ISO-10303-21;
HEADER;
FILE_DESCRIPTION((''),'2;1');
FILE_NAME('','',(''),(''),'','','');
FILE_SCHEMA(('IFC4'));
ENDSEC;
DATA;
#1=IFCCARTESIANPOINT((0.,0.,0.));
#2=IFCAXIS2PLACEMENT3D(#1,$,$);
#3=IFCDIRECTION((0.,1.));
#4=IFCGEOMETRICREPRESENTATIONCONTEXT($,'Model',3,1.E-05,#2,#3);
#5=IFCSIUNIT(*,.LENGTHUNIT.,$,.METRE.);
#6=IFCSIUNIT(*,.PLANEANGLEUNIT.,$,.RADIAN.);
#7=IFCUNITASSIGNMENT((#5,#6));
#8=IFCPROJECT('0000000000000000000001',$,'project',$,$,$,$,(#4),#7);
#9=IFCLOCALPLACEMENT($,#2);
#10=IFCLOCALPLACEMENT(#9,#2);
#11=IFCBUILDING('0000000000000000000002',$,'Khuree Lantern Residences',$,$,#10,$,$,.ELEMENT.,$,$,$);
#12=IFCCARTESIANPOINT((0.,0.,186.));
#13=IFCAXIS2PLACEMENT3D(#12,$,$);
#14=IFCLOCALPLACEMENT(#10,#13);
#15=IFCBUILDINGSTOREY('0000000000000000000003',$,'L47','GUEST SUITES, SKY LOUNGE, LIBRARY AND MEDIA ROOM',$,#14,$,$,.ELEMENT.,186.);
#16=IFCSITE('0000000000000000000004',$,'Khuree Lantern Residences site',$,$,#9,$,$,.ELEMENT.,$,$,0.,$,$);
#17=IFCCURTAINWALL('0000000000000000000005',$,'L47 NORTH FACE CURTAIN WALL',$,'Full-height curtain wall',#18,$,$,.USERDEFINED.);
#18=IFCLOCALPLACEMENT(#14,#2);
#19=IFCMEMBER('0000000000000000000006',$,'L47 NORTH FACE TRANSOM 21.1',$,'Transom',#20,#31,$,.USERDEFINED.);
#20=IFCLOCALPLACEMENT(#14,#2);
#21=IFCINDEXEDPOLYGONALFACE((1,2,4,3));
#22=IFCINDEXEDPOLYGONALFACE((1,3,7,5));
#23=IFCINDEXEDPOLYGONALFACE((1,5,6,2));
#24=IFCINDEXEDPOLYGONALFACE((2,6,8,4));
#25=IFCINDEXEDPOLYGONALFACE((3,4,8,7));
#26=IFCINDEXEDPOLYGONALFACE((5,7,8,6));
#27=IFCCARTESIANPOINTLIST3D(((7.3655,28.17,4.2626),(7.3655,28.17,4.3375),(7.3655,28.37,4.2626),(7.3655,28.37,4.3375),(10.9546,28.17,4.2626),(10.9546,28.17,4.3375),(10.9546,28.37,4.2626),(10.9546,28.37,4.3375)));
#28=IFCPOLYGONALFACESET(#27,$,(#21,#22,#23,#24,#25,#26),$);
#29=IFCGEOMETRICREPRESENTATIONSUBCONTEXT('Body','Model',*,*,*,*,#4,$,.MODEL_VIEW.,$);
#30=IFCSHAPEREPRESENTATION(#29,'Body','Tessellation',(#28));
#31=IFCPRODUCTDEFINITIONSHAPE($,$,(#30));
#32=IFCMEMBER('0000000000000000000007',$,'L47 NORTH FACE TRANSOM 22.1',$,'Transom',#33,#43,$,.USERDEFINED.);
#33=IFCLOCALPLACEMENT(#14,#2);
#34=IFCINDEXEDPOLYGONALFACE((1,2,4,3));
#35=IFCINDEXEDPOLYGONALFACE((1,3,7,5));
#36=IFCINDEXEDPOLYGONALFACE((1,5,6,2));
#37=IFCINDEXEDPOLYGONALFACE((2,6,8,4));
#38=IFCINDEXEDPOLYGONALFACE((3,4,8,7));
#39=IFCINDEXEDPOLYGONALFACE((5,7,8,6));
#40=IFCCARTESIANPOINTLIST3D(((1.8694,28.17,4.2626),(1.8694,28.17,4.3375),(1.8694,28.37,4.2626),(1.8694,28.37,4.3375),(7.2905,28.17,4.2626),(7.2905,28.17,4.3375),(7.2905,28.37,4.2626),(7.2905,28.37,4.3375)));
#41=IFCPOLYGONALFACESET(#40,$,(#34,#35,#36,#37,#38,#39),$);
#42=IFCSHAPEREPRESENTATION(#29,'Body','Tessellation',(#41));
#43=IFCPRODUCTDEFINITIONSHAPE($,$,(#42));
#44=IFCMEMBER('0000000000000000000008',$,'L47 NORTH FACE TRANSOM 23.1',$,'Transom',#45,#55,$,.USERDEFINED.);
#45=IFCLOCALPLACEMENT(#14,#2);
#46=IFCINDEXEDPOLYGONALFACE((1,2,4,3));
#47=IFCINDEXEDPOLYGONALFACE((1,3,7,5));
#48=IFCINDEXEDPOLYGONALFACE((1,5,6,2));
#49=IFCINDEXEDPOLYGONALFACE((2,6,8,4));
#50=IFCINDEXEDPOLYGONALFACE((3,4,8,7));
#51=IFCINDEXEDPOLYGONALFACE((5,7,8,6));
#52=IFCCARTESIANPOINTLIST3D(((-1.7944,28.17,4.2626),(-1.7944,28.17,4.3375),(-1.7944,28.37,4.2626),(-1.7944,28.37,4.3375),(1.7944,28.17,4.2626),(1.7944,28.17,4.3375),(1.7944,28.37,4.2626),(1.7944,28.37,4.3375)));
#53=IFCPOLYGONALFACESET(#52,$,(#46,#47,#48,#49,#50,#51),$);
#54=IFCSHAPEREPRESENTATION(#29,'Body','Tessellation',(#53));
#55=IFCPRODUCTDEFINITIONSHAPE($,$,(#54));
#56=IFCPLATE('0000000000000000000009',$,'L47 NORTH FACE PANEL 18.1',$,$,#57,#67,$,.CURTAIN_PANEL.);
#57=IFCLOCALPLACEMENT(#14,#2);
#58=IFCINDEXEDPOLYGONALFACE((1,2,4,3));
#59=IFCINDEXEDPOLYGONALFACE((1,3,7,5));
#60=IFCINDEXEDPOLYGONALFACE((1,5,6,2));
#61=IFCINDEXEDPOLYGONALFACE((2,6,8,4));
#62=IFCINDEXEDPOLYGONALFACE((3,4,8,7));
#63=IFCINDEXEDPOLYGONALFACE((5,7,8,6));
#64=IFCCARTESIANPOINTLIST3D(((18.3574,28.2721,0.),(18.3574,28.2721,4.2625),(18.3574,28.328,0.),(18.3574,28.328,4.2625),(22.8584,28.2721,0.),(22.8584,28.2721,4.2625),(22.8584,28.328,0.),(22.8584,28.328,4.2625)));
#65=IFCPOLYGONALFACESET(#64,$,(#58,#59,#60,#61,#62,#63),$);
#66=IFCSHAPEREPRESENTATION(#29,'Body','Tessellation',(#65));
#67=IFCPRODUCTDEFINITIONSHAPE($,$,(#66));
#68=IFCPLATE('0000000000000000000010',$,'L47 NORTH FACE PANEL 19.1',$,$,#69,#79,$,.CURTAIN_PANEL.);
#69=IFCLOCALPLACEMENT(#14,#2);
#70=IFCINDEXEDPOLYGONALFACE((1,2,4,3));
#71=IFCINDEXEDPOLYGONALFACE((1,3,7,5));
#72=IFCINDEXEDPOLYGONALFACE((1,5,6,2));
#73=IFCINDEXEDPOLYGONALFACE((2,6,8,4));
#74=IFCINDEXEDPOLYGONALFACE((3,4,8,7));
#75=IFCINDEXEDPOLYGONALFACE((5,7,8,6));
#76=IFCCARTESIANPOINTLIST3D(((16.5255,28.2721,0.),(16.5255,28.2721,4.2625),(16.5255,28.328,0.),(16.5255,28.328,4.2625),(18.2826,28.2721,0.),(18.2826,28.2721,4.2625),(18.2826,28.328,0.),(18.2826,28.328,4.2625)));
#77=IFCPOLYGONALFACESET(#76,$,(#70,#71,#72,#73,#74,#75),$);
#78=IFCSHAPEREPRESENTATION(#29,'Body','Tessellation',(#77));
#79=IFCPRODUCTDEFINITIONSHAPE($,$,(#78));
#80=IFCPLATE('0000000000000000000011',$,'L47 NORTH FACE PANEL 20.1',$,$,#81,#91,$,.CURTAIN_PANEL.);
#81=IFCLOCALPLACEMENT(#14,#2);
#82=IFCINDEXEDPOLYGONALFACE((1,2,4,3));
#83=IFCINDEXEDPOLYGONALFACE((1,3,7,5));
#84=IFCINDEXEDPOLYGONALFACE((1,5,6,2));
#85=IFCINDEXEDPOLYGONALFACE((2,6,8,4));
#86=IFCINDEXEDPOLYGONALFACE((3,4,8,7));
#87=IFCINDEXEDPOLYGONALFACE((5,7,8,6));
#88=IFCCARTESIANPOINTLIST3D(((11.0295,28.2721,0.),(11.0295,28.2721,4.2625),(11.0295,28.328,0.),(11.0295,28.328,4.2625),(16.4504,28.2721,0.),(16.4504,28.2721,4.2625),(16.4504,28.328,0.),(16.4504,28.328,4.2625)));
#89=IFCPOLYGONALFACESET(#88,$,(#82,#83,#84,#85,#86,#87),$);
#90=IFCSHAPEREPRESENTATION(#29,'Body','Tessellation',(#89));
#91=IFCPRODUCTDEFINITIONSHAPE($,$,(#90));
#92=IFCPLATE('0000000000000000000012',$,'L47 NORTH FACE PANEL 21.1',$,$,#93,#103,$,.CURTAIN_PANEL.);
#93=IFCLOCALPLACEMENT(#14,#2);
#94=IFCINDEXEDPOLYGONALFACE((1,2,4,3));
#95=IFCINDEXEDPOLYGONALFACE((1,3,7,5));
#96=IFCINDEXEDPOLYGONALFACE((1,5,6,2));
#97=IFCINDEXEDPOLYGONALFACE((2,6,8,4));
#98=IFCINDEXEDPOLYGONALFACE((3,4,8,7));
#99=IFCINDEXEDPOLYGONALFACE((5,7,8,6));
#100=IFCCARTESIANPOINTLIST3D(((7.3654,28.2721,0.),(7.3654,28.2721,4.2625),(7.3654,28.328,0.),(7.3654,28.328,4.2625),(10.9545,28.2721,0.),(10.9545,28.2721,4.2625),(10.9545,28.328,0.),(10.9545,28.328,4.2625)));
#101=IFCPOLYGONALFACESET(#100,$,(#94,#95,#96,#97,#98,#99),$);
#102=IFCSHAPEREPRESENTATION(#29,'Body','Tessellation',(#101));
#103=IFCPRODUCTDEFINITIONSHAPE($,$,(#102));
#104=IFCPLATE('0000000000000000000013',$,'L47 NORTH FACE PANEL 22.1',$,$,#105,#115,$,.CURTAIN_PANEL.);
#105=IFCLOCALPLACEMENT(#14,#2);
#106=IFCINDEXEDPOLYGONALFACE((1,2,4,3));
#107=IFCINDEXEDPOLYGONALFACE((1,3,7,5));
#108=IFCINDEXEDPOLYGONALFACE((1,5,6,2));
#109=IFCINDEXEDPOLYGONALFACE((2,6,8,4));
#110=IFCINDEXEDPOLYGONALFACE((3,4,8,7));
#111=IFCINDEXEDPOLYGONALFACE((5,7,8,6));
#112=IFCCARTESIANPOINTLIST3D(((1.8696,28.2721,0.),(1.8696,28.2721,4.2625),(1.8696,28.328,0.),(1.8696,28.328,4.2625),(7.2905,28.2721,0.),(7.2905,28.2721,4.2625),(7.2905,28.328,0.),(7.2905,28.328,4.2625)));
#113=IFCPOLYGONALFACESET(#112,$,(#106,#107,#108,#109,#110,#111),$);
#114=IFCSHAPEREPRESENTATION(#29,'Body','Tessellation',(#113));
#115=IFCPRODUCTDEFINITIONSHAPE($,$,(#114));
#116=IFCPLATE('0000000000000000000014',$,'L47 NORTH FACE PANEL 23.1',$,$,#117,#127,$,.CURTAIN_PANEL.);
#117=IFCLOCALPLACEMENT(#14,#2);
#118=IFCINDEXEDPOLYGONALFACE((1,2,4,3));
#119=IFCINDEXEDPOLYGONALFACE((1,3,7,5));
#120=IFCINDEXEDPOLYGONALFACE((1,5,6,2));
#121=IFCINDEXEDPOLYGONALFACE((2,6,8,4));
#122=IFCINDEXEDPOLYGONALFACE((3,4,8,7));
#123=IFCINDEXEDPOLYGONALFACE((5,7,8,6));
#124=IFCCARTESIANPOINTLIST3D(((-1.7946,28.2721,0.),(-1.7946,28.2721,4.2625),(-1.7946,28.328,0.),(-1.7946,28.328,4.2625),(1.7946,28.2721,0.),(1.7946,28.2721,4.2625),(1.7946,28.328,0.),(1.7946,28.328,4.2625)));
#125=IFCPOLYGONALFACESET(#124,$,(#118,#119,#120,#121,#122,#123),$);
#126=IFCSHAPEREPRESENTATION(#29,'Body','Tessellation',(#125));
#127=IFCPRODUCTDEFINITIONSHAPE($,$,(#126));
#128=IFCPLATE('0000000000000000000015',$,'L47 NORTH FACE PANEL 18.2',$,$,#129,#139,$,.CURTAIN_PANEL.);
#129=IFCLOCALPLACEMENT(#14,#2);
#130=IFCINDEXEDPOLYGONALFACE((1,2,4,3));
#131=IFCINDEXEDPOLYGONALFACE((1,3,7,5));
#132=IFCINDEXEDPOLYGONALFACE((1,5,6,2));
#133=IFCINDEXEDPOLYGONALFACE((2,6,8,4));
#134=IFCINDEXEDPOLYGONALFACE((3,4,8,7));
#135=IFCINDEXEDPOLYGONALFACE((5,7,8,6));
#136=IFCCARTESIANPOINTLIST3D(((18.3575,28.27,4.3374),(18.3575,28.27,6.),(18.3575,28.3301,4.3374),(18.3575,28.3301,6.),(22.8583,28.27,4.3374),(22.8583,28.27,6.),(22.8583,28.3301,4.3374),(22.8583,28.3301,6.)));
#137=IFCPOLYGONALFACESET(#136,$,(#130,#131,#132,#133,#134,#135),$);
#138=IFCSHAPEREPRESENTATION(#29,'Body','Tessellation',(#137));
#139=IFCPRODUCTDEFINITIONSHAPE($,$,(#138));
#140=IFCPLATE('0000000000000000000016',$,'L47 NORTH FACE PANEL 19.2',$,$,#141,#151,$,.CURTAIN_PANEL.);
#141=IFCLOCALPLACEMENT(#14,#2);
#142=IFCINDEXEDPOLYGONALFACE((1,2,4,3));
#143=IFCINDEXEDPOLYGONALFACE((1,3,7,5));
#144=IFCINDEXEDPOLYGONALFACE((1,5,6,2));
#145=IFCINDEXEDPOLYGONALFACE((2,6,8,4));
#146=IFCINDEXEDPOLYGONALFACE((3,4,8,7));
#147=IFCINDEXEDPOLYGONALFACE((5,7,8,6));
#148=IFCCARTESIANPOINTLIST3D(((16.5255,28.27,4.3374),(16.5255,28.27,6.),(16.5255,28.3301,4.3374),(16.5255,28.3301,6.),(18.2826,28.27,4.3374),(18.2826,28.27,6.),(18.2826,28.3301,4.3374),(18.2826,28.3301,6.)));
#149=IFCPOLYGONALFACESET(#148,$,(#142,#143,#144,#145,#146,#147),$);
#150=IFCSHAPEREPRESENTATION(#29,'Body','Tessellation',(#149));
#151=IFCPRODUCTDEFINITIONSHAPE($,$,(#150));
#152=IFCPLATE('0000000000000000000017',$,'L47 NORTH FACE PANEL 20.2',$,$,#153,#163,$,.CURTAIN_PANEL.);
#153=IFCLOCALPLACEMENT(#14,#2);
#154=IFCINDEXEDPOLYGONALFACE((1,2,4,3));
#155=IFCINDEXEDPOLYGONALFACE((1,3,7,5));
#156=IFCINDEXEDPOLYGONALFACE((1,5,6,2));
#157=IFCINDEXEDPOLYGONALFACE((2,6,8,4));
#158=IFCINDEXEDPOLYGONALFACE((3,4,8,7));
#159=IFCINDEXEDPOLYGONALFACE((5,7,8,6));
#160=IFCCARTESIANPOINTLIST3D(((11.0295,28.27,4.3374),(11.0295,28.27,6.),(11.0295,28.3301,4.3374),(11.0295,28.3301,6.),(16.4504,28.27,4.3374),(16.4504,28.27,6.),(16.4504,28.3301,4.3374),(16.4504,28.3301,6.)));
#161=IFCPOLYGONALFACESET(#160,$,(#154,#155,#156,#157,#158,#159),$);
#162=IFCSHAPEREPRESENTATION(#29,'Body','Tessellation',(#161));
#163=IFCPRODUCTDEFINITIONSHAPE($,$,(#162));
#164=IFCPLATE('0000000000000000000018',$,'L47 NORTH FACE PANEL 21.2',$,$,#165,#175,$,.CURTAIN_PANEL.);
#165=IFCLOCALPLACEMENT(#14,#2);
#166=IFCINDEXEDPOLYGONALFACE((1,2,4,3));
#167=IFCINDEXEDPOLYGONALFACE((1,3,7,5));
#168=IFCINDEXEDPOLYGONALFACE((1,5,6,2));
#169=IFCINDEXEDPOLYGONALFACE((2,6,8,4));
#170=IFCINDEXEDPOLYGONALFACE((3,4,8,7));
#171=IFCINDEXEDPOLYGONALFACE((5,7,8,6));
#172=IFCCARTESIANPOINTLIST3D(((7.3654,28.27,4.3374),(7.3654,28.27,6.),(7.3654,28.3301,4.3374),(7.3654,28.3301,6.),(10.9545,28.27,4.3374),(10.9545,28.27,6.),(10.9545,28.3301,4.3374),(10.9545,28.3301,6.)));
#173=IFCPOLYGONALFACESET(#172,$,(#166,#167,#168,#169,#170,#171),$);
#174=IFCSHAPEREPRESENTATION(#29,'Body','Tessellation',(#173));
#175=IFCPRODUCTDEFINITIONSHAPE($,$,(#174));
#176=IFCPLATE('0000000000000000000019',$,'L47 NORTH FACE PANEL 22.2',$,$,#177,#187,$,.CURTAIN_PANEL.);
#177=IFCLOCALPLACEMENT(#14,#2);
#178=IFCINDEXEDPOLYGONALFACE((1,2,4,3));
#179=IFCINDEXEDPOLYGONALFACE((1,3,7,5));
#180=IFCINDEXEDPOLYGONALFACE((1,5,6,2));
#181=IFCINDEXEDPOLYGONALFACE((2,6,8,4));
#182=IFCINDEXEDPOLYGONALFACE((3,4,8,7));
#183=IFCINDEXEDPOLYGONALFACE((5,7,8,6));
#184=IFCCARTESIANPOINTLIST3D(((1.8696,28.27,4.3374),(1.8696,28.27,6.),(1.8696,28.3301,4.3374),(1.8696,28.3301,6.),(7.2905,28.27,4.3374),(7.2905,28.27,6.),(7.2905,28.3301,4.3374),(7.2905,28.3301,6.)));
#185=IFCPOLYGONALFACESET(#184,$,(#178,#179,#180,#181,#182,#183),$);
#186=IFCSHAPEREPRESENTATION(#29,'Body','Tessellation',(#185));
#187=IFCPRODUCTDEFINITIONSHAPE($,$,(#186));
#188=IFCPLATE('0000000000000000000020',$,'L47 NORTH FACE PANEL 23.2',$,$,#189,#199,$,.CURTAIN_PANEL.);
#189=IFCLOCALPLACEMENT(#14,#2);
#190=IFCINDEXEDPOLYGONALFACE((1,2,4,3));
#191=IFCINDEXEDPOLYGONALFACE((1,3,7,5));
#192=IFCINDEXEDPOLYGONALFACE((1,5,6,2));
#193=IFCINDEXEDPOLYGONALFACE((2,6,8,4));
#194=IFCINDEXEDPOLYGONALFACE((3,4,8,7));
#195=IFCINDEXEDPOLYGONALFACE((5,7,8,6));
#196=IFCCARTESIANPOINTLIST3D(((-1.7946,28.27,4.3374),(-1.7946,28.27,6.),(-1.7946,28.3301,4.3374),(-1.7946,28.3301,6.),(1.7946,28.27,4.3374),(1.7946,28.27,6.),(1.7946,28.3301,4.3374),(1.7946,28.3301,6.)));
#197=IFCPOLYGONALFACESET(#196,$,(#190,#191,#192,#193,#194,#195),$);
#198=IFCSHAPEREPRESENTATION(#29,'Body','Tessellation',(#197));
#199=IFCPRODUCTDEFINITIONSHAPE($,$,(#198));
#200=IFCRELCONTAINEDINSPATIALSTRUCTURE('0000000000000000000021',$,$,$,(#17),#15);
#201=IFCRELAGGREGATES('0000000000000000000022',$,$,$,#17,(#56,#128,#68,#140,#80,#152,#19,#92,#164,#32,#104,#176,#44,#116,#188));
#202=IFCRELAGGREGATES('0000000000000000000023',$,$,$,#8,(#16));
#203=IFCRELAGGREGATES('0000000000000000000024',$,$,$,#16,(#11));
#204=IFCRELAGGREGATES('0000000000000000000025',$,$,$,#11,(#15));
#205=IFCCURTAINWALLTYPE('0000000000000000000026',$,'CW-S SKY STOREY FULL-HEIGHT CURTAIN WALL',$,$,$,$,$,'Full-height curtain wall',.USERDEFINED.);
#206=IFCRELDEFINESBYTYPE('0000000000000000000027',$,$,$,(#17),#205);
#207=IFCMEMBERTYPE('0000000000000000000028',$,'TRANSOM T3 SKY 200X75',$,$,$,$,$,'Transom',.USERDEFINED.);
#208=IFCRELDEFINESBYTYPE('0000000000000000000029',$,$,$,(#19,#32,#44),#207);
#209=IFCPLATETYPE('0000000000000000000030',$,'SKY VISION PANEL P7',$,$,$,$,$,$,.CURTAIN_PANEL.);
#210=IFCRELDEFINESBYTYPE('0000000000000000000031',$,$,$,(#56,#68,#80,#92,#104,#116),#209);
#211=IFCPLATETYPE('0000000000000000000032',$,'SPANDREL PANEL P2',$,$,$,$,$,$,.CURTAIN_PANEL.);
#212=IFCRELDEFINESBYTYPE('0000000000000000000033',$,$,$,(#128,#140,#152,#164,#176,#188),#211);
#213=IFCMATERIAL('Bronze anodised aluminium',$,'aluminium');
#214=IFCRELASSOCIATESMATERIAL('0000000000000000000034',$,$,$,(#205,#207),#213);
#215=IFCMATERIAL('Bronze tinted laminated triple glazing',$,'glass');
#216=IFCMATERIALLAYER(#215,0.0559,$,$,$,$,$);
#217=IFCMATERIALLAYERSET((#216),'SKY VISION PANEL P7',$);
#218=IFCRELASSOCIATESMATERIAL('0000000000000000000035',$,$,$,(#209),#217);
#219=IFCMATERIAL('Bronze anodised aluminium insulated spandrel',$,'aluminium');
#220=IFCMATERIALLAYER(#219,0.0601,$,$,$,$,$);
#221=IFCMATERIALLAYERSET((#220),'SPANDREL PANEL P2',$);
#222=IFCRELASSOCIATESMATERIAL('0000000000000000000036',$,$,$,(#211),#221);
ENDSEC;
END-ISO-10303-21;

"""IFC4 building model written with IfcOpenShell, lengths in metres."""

from ifc_helpers import new_model, si_unit, direction, frame, origin, origin_2d, place, context, subcontext, project, spatial, rectangle, extrude, material, layer, layer_set, material_profile, profile_set, type_object, element, aggregate, save


model = new_model("IFC4")

# Units and contexts
model_context = context("Model", 3, precision=1e-05, world=origin(), true_north=direction((0.0, 1.0)))
body_context = subcontext(model_context, "Body", "Model", "MODEL_VIEW")
ifc_project = project(units=[si_unit("LENGTHUNIT", "METRE"), si_unit("PLANEANGLEUNIT", "RADIAN")], contexts=[model_context])

# Site, building, storey
site_placement = place(None, origin())
site = spatial("IfcSite", under=ifc_project, at=site_placement, Name="Khuree Lantern Residences site", CompositionType="ELEMENT", RefElevation=0.0)
building_placement = place(site_placement, origin())
building = spatial("IfcBuilding", under=site, at=building_placement, Name="Khuree Lantern Residences", CompositionType="ELEMENT")
storey_placement = place(building_placement, frame((0.0, 0.0, 186.0)))
storey = spatial("IfcBuildingStorey", under=building, at=storey_placement, Name="L47", Description="GUEST SUITES, SKY LOUNGE, LIBRARY AND MEDIA ROOM", CompositionType="ELEMENT", Elevation=186.0)

# Curtain wall
ifc_material_1 = material(Name="Bronze anodised aluminium", Category="aluminium")
curtain_wall_type = type_object("IfcCurtainWallType", Name="CW-S SKY STOREY FULL-HEIGHT CURTAIN WALL", ElementType="Full-height curtain wall", PredefinedType="USERDEFINED", material=ifc_material_1)
curtain_wall_placement = place(storey_placement, origin())
curtain_wall = element("IfcCurtainWall", 1, at=curtain_wall_placement, inside=storey, type_object=curtain_wall_type, Name="L47 NORTH FACE CURTAIN WALL", ObjectType="Full-height curtain wall", PredefinedType="USERDEFINED")

# Members
ifc_material_profile_1 = material_profile(ifc_material_1, rectangle(XDim=0.2, YDim=0.075, at=origin_2d()), Name="T3 200X75")
ifc_profile_set_1 = profile_set([ifc_material_profile_1], Name="Bronze anodised aluminium")
member_type_1 = type_object("IfcMemberType", Name="TRANSOM T3 SKY 200X75", ElementType="Transom", PredefinedType="USERDEFINED", material=ifc_profile_set_1)
member_1_placement = place(storey_placement, frame((10.9546, 28.27, 4.3), z_axis=(-1.0, 0.0, 0.0), x_axis=(0.0, -1.0, 0.0)))
member_1 = element("IfcMember", 2, at=member_1_placement, type_object=member_type_1, Name="L47 NORTH FACE TRANSOM 21.1", ObjectType="Transom", PredefinedType="USERDEFINED", context=body_context, shape_type="SweptSolid", body=[
    extrude(rectangle(XDim=0.2, YDim=0.075, at=origin_2d()), origin(), (0.0, 0.0, 1.0), 3.5891),
])
member_2_placement = place(storey_placement, frame((7.2905, 28.27, 4.3), z_axis=(-1.0, 0.0, 0.0), x_axis=(0.0, -1.0, 0.0)))
member_2 = element("IfcMember", 3, at=member_2_placement, type_object=member_type_1, Name="L47 NORTH FACE TRANSOM 22.1", ObjectType="Transom", PredefinedType="USERDEFINED", context=body_context, shape_type="SweptSolid", body=[
    extrude(rectangle(XDim=0.2, YDim=0.075, at=origin_2d()), origin(), (0.0, 0.0, 1.0), 5.4211),
])
member_3_placement = place(storey_placement, frame((1.7944, 28.27, 4.3), z_axis=(-1.0, 0.0, 0.0), x_axis=(0.0, -1.0, 0.0)))
member_3 = element("IfcMember", 4, at=member_3_placement, type_object=member_type_1, Name="L47 NORTH FACE TRANSOM 23.1", ObjectType="Transom", PredefinedType="USERDEFINED", context=body_context, shape_type="SweptSolid", body=[
    extrude(rectangle(XDim=0.2, YDim=0.075, at=origin_2d()), origin(), (0.0, 0.0, 1.0), 3.5889),
])

# Plates
ifc_material_2 = material(Name="Bronze tinted laminated triple glazing", Category="glass")
ifc_layer_1 = layer(ifc_material_2, 0.0559)
ifc_layer_set_1 = layer_set([ifc_layer_1], Name="SKY VISION PANEL P7")
plate_type_1 = type_object("IfcPlateType", Name="SKY VISION PANEL P7", PredefinedType="CURTAIN_PANEL", material=ifc_layer_set_1)
plate_1_placement = place(storey_placement, frame((20.6079, 28.3, 0.0), z_axis=(0.0, 0.0, 1.0), x_axis=(-1.0, 0.0, 0.0)))
plate_1 = element("IfcPlate", 5, at=plate_1_placement, type_object=plate_type_1, Name="L47 NORTH FACE PANEL 18.1", PredefinedType="CURTAIN_PANEL", context=body_context, shape_type="SweptSolid", body=[
    extrude(rectangle(XDim=4.501, YDim=0.0559, at=origin_2d()), origin(), (0.0, 0.0, 1.0), 4.2625),
])
plate_2_placement = place(storey_placement, frame((17.4041, 28.3, 0.0), z_axis=(0.0, 0.0, 1.0), x_axis=(-1.0, 0.0, 0.0)))
plate_2 = element("IfcPlate", 6, at=plate_2_placement, type_object=plate_type_1, Name="L47 NORTH FACE PANEL 19.1", PredefinedType="CURTAIN_PANEL", context=body_context, shape_type="SweptSolid", body=[
    extrude(rectangle(XDim=1.7571, YDim=0.0559, at=origin_2d()), origin(), (0.0, 0.0, 1.0), 4.2625),
])
plate_3_placement = place(storey_placement, frame((13.74, 28.3, 0.0), z_axis=(0.0, 0.0, 1.0), x_axis=(-1.0, 0.0, 0.0)))
plate_3 = element("IfcPlate", 7, at=plate_3_placement, type_object=plate_type_1, Name="L47 NORTH FACE PANEL 20.1", PredefinedType="CURTAIN_PANEL", context=body_context, shape_type="SweptSolid", body=[
    extrude(rectangle(XDim=5.4209, YDim=0.0559, at=origin_2d()), origin(), (0.0, 0.0, 1.0), 4.2625),
])
plate_4_placement = place(storey_placement, frame((9.1599, 28.3, 0.0), z_axis=(0.0, 0.0, 1.0), x_axis=(-1.0, 0.0, 0.0)))
plate_4 = element("IfcPlate", 8, at=plate_4_placement, type_object=plate_type_1, Name="L47 NORTH FACE PANEL 21.1", PredefinedType="CURTAIN_PANEL", context=body_context, shape_type="SweptSolid", body=[
    extrude(rectangle(XDim=3.5891, YDim=0.0559, at=origin_2d()), origin(), (0.0, 0.0, 1.0), 4.2625),
])
plate_5_placement = place(storey_placement, frame((4.5801, 28.3, 0.0), z_axis=(0.0, 0.0, 1.0), x_axis=(-1.0, 0.0, 0.0)))
plate_5 = element("IfcPlate", 9, at=plate_5_placement, type_object=plate_type_1, Name="L47 NORTH FACE PANEL 22.1", PredefinedType="CURTAIN_PANEL", context=body_context, shape_type="SweptSolid", body=[
    extrude(rectangle(XDim=5.4209, YDim=0.0559, at=origin_2d()), origin(), (0.0, 0.0, 1.0), 4.2625),
])
plate_6_placement = place(storey_placement, frame((0.0, 28.3, 0.0), z_axis=(0.0, 0.0, 1.0), x_axis=(-1.0, 0.0, 0.0)))
plate_6 = element("IfcPlate", 10, at=plate_6_placement, type_object=plate_type_1, Name="L47 NORTH FACE PANEL 23.1", PredefinedType="CURTAIN_PANEL", context=body_context, shape_type="SweptSolid", body=[
    extrude(rectangle(XDim=3.5891, YDim=0.0559, at=origin_2d()), origin(), (0.0, 0.0, 1.0), 4.2625),
])
ifc_material_3 = material(Name="Bronze anodised aluminium insulated spandrel", Category="aluminium")
ifc_layer_2 = layer(ifc_material_3, 0.0601)
ifc_layer_set_2 = layer_set([ifc_layer_2], Name="SPANDREL PANEL P2")
plate_type_2 = type_object("IfcPlateType", Name="SPANDREL PANEL P2", PredefinedType="CURTAIN_PANEL", material=ifc_layer_set_2)
plate_7_placement = place(storey_placement, frame((20.6079, 28.3, 4.3374), z_axis=(0.0, 0.0, 1.0), x_axis=(-1.0, 0.0, 0.0)))
plate_7 = element("IfcPlate", 11, at=plate_7_placement, type_object=plate_type_2, Name="L47 NORTH FACE PANEL 18.2", PredefinedType="CURTAIN_PANEL", context=body_context, shape_type="SweptSolid", body=[
    extrude(rectangle(XDim=4.5007, YDim=0.0601, at=origin_2d()), origin(), (0.0, 0.0, 1.0), 1.6626),
])
plate_8_placement = place(storey_placement, frame((17.4041, 28.3, 4.3374), z_axis=(0.0, 0.0, 1.0), x_axis=(-1.0, 0.0, 0.0)))
plate_8 = element("IfcPlate", 12, at=plate_8_placement, type_object=plate_type_2, Name="L47 NORTH FACE PANEL 19.2", PredefinedType="CURTAIN_PANEL", context=body_context, shape_type="SweptSolid", body=[
    extrude(rectangle(XDim=1.7571, YDim=0.0601, at=origin_2d()), origin(), (0.0, 0.0, 1.0), 1.6626),
])
plate_9_placement = place(storey_placement, frame((13.74, 28.3, 4.3374), z_axis=(0.0, 0.0, 1.0), x_axis=(-1.0, 0.0, 0.0)))
plate_9 = element("IfcPlate", 13, at=plate_9_placement, type_object=plate_type_2, Name="L47 NORTH FACE PANEL 20.2", PredefinedType="CURTAIN_PANEL", context=body_context, shape_type="SweptSolid", body=[
    extrude(rectangle(XDim=5.4209, YDim=0.0601, at=origin_2d()), origin(), (0.0, 0.0, 1.0), 1.6626),
])
plate_10_placement = place(storey_placement, frame((9.1599, 28.3, 4.3374), z_axis=(0.0, 0.0, 1.0), x_axis=(-1.0, 0.0, 0.0)))
plate_10 = element("IfcPlate", 14, at=plate_10_placement, type_object=plate_type_2, Name="L47 NORTH FACE PANEL 21.2", PredefinedType="CURTAIN_PANEL", context=body_context, shape_type="SweptSolid", body=[
    extrude(rectangle(XDim=3.5891, YDim=0.0601, at=origin_2d()), origin(), (0.0, 0.0, 1.0), 1.6626),
])
plate_11_placement = place(storey_placement, frame((4.5801, 28.3, 4.3374), z_axis=(0.0, 0.0, 1.0), x_axis=(-1.0, 0.0, 0.0)))
plate_11 = element("IfcPlate", 15, at=plate_11_placement, type_object=plate_type_2, Name="L47 NORTH FACE PANEL 22.2", PredefinedType="CURTAIN_PANEL", context=body_context, shape_type="SweptSolid", body=[
    extrude(rectangle(XDim=5.4209, YDim=0.0601, at=origin_2d()), origin(), (0.0, 0.0, 1.0), 1.6626),
])
plate_12_placement = place(storey_placement, frame((0.0, 28.3, 4.3374), z_axis=(0.0, 0.0, 1.0), x_axis=(-1.0, 0.0, 0.0)))
plate_12 = element("IfcPlate", 16, at=plate_12_placement, type_object=plate_type_2, Name="L47 NORTH FACE PANEL 23.2", PredefinedType="CURTAIN_PANEL", context=body_context, shape_type="SweptSolid", body=[
    extrude(rectangle(XDim=3.5891, YDim=0.0601, at=origin_2d()), origin(), (0.0, 0.0, 1.0), 1.6626),
])
aggregate(curtain_wall, [plate_1, plate_7, plate_2, plate_8, plate_3, plate_9, member_1, plate_4, plate_10, member_2, plate_5, plate_11, member_3, plate_6, plate_12])

save(model, "model.ifc")
